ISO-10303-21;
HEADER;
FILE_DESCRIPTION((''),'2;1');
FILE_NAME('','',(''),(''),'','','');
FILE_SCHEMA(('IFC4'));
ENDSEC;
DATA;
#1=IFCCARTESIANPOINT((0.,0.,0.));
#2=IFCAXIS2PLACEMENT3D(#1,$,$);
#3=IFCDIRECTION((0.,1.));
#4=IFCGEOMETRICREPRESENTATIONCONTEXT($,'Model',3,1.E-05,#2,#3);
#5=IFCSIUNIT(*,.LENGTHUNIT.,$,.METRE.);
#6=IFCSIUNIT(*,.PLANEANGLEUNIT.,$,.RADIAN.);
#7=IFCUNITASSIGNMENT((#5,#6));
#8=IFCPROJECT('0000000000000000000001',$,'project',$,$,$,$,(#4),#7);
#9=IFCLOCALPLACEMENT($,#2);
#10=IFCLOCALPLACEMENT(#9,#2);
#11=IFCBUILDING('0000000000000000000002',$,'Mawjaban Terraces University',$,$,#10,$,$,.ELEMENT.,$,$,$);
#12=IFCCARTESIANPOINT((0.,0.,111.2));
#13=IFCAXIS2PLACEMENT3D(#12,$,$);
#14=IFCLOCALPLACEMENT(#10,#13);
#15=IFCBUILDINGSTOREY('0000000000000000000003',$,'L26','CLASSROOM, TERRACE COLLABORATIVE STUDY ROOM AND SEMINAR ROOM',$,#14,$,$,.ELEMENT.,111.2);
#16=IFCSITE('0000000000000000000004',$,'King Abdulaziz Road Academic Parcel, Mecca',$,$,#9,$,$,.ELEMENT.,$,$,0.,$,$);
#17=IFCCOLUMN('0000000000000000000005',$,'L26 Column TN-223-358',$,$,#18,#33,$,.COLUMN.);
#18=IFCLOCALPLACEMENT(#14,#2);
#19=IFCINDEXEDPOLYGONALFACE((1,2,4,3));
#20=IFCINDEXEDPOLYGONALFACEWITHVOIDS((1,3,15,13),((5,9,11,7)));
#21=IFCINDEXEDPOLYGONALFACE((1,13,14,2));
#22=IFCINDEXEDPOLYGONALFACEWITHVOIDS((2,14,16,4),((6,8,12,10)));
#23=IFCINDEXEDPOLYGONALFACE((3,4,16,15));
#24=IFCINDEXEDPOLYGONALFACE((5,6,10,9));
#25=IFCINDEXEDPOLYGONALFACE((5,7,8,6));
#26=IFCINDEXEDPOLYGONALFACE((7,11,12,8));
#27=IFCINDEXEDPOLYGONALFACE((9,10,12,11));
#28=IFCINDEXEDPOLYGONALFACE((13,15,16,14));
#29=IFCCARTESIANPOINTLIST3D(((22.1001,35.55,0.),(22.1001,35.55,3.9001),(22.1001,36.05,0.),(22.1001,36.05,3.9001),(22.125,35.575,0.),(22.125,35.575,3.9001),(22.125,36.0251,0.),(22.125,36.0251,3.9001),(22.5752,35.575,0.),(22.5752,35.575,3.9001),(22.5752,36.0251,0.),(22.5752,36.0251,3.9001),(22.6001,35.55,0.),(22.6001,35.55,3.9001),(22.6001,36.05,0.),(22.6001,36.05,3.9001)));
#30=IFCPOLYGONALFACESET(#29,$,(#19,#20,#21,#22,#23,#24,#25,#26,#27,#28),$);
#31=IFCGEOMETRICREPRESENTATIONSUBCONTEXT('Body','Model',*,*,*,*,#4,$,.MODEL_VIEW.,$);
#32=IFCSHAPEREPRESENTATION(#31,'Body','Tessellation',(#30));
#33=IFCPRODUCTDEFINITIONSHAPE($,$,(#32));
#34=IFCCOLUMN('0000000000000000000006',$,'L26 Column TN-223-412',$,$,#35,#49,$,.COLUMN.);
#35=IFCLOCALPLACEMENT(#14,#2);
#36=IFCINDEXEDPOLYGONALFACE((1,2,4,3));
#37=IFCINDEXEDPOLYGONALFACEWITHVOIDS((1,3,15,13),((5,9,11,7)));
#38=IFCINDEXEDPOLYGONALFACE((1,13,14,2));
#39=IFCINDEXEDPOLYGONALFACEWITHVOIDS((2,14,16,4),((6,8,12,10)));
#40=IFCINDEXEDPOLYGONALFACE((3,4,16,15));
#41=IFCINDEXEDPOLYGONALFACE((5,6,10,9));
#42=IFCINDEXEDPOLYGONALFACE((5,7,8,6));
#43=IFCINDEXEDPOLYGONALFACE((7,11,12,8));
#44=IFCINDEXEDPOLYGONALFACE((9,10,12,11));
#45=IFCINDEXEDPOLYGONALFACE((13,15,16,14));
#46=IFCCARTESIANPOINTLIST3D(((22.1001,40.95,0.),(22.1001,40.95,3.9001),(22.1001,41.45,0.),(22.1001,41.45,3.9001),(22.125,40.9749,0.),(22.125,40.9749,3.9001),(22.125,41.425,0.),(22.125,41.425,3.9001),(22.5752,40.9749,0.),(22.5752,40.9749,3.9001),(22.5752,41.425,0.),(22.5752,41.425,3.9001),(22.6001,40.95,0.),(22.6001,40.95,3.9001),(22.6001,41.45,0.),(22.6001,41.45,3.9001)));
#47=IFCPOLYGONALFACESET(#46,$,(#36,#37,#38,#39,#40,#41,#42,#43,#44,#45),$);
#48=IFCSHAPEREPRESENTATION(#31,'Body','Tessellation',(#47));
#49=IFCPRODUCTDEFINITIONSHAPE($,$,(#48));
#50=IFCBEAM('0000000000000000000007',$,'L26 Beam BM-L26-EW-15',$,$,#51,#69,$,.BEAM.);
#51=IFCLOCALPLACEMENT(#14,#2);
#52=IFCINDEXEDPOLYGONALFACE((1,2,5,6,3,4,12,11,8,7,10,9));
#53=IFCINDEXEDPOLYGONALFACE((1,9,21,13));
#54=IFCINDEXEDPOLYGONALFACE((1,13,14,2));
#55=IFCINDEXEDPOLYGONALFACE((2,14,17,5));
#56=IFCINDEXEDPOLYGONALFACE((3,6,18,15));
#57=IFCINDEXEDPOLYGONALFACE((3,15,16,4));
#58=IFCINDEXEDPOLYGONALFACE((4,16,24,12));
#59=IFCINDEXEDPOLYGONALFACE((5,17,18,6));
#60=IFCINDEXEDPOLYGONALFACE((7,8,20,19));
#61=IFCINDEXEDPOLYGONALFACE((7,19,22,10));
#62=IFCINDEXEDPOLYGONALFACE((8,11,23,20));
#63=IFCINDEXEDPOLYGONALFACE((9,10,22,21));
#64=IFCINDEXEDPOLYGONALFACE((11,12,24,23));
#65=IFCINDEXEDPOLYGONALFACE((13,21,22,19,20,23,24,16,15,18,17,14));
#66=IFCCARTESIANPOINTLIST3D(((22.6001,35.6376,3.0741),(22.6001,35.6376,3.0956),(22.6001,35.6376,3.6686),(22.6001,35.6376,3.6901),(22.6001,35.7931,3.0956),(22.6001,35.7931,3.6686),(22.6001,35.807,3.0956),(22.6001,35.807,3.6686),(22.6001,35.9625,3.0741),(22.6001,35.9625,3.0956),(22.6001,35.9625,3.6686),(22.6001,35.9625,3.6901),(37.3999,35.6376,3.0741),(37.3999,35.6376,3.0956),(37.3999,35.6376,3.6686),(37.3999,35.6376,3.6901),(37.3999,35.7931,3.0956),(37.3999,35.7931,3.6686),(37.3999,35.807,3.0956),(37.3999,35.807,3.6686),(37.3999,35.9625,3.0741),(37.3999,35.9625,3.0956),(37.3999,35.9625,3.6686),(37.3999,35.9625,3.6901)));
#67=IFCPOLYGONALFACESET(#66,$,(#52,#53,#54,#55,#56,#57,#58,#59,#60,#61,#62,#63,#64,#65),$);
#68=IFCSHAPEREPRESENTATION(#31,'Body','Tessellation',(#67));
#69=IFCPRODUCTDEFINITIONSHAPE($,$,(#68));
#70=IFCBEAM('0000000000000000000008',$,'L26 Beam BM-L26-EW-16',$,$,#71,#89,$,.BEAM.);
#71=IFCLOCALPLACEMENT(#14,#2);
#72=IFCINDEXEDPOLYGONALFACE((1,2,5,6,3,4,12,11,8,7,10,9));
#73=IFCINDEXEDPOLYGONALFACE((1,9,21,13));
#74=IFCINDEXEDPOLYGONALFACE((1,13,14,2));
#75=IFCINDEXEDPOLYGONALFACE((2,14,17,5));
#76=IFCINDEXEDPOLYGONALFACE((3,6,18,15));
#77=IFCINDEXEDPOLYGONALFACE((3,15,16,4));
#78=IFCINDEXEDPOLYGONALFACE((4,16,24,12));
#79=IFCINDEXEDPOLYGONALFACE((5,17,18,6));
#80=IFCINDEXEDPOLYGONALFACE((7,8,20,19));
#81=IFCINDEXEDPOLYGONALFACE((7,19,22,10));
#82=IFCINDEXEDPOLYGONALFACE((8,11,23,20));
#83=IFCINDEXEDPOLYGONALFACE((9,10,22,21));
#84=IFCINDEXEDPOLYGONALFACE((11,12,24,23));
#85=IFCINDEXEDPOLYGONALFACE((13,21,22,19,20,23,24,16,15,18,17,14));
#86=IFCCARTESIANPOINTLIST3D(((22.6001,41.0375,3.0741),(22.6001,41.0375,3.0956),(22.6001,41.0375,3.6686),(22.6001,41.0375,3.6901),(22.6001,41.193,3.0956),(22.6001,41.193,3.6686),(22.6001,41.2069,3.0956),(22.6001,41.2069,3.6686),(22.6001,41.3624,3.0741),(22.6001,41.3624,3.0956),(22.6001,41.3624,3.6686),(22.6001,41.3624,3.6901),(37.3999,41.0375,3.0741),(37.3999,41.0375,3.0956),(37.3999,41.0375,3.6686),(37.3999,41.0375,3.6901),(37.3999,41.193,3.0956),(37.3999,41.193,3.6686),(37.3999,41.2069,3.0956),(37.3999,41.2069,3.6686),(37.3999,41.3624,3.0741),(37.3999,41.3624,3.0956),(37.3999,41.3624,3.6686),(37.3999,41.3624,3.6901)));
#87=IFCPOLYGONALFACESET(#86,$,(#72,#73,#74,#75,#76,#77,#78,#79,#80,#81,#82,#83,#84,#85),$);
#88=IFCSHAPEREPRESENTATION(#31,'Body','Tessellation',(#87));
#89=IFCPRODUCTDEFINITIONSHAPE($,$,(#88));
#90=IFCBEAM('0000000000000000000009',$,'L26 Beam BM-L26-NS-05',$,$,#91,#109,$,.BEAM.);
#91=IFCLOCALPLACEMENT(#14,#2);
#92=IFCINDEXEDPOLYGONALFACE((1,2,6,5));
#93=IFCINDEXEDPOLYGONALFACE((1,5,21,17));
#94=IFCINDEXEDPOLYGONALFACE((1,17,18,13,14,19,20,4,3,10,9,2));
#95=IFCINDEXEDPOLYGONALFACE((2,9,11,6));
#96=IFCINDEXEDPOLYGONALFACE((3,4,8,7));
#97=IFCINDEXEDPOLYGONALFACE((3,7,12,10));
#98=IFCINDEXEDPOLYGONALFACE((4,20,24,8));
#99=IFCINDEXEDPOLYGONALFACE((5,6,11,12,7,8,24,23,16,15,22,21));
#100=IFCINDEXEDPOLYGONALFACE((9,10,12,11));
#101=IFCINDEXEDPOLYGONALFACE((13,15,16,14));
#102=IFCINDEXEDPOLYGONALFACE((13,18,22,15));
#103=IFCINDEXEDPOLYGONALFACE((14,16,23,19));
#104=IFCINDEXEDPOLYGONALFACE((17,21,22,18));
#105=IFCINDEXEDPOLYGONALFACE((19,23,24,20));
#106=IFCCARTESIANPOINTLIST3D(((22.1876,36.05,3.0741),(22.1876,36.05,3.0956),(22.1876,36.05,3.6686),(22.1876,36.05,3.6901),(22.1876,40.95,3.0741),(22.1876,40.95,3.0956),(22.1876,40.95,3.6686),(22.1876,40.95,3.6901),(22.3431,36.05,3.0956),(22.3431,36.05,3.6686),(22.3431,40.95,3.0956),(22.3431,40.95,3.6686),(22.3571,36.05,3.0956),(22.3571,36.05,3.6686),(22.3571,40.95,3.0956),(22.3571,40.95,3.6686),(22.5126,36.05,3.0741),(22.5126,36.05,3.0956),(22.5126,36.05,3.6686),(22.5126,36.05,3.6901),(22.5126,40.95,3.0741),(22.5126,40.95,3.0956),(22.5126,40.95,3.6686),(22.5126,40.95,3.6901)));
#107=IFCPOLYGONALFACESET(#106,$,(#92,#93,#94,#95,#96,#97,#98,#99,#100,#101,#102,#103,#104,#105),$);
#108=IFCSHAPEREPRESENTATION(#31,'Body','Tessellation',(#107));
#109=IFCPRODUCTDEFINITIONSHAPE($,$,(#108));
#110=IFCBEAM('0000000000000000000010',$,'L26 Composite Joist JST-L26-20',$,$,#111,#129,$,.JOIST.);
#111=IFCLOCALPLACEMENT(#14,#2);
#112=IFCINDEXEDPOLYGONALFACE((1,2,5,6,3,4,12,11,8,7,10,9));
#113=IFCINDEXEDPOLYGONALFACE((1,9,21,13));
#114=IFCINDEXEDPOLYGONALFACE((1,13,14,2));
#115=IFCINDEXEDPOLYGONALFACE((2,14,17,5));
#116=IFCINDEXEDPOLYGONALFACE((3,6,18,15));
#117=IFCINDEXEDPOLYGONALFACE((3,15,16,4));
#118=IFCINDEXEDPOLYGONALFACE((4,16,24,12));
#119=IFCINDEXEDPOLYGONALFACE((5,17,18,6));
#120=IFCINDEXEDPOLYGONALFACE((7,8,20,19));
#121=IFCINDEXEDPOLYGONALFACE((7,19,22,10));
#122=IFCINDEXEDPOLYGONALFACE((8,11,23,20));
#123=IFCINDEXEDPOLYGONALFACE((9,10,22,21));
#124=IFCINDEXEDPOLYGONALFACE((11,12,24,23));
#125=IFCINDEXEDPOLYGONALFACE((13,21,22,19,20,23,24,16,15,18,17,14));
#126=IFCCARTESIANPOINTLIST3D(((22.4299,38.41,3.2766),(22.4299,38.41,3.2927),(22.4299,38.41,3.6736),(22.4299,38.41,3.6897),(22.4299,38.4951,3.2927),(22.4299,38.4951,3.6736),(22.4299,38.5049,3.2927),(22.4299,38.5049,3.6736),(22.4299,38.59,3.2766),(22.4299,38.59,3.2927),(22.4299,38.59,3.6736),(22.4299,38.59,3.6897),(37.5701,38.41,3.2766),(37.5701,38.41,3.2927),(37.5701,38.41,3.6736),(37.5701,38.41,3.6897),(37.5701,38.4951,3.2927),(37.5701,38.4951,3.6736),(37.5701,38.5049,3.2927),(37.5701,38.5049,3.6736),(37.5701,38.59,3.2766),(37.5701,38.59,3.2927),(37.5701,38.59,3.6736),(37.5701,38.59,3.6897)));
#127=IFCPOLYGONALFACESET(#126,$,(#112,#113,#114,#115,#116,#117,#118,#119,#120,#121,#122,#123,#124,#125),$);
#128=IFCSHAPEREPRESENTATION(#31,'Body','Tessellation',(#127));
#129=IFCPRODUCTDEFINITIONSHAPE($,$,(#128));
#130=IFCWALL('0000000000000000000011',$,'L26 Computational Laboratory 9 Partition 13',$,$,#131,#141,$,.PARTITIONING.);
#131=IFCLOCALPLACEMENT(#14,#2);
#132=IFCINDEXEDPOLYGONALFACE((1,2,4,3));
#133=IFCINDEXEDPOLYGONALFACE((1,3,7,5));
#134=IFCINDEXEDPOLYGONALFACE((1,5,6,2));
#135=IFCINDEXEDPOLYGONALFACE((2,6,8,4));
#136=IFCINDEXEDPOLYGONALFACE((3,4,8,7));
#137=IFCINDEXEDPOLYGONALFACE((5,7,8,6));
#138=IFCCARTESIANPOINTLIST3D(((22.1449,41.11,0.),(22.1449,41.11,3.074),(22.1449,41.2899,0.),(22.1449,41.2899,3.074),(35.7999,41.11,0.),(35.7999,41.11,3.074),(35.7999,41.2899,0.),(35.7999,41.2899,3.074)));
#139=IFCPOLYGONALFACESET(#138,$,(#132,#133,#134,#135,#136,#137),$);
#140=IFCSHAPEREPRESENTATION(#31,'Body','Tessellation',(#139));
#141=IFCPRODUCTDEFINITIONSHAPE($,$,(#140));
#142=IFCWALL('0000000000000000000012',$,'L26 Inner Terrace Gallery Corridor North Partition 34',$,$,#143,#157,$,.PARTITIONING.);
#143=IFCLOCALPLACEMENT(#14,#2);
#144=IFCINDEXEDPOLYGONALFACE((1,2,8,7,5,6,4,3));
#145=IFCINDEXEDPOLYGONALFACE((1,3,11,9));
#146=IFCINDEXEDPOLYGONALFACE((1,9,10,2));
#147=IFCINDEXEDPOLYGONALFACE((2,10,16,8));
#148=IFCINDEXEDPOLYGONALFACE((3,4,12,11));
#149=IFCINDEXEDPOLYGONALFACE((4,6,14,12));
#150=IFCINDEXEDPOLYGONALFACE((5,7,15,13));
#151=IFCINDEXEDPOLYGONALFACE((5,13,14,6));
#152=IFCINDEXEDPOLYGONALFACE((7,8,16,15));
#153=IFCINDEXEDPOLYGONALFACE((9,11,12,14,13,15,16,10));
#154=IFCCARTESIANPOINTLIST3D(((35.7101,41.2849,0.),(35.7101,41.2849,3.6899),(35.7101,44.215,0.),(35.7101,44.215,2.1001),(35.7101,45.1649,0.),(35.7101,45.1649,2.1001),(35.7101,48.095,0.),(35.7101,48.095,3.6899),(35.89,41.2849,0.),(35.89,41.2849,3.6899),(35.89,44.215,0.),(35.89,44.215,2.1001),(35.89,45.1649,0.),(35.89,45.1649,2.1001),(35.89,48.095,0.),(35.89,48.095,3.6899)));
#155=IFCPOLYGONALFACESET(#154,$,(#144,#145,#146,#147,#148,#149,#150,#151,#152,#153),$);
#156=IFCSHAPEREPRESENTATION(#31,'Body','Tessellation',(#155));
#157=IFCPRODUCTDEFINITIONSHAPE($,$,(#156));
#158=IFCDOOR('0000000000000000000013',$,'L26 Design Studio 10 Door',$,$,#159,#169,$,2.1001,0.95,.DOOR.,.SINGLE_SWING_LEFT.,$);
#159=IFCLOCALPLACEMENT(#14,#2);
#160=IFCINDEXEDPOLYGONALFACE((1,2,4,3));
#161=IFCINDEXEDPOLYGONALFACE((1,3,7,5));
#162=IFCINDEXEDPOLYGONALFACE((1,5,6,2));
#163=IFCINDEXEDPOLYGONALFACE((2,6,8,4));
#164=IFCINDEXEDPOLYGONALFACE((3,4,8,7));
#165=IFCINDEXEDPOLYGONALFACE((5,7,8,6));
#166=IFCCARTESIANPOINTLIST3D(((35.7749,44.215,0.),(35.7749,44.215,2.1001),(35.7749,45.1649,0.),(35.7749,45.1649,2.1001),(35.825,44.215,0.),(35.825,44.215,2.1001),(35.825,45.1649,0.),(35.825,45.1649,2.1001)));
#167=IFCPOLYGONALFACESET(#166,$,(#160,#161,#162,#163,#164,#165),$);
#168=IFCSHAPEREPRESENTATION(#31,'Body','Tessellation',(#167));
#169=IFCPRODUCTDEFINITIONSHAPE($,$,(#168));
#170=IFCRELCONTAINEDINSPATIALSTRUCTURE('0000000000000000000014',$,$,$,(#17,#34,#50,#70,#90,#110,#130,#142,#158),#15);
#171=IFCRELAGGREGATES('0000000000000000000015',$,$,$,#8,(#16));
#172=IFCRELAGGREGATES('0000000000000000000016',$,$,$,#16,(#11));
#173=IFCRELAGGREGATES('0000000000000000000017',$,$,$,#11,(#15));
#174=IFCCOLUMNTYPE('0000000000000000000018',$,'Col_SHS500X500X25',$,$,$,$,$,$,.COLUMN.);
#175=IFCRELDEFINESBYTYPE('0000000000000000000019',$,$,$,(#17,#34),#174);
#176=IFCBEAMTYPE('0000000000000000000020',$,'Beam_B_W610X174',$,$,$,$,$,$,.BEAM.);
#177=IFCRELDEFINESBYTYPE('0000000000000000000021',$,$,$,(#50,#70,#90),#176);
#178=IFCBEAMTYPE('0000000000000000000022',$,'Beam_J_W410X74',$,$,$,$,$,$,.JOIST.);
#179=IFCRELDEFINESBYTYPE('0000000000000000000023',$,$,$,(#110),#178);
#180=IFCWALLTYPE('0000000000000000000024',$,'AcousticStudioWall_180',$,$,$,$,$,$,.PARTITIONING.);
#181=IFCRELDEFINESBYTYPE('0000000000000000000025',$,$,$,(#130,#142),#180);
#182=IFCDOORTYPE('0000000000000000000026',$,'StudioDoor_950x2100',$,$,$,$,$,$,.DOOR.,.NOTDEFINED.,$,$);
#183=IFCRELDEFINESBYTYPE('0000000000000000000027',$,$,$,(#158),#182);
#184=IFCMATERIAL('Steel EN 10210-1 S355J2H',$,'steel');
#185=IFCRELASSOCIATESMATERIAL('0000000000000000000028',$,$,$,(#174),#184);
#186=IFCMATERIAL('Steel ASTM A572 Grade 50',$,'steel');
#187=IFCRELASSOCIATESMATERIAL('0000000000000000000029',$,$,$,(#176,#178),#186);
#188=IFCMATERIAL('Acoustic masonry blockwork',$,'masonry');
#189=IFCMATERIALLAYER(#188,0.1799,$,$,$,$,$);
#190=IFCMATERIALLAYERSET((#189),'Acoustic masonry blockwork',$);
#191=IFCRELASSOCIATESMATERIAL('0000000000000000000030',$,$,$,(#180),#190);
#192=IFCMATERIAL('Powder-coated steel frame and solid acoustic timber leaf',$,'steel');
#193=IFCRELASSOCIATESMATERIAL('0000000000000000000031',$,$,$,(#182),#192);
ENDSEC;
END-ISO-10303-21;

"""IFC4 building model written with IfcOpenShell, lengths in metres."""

from ifc_helpers import new_model, si_unit, direction, frame, frame_2d, origin, origin_2d, place, context, subcontext, project, spatial, rectangle, hollow_rectangle, i_section, extrude, material, layer, layer_set, material_profile, profile_set, type_object, element, fill, save


model = new_model("IFC4")

# Units and contexts
model_context = context("Model", 3, precision=1e-05, world=origin(), true_north=direction((0.0, 1.0)))
body_context = subcontext(model_context, "Body", "Model", "MODEL_VIEW")
ifc_project = project(units=[si_unit("LENGTHUNIT", "METRE"), si_unit("PLANEANGLEUNIT", "RADIAN")], contexts=[model_context])

# Site, building, storey
site_placement = place(None, origin())
site = spatial("IfcSite", under=ifc_project, at=site_placement, Name="King Abdulaziz Road Academic Parcel, Mecca", CompositionType="ELEMENT", RefElevation=0.0)
building_placement = place(site_placement, origin())
building = spatial("IfcBuilding", under=site, at=building_placement, Name="Mawjaban Terraces University", CompositionType="ELEMENT")
storey_placement = place(building_placement, frame((0.0, 0.0, 111.2)))
storey = spatial("IfcBuildingStorey", under=building, at=storey_placement, Name="L26", Description="CLASSROOM, TERRACE COLLABORATIVE STUDY ROOM AND SEMINAR ROOM", CompositionType="ELEMENT", Elevation=111.2)

# Columns
ifc_material_1 = material(Name="Steel EN 10210-1 S355J2H", Category="steel")
ifc_material_profile_1 = material_profile(ifc_material_1, hollow_rectangle(XDim=0.5, YDim=0.5, WallThickness=0.0249, at=origin_2d()), Name="SHS500X500X25")
ifc_profile_set_1 = profile_set([ifc_material_profile_1], Name="Steel EN 10210-1 S355J2H")
column_type = type_object("IfcColumnType", Name="Col_SHS500X500X25", PredefinedType="COLUMN", material=ifc_profile_set_1)
for number, where, z_axis, x_axis, name in (
    (1, (22.3501, 35.8, 0.0), (0.0, 0.0, 1.0), (1.0, 0.0, 0.0), "L26 Column TN-223-358"),
    (2, (22.3501, 41.2, 0.0), (0.0, 0.0, 1.0), (1.0, 0.0, 0.0), "L26 Column TN-223-412"),
):
    element("IfcColumn", number, at=place(storey_placement, frame(where, z_axis=z_axis, x_axis=x_axis)), inside=storey, type_object=column_type, Name=name, PredefinedType="COLUMN", context=body_context, shape_type="SweptSolid", body=[
        extrude(hollow_rectangle(XDim=0.5, YDim=0.5, WallThickness=0.0249, at=origin_2d()), origin(), (0.0, 0.0, 1.0), 3.9001),
    ])

# Beams
ifc_material_2 = material(Name="Steel ASTM A572 Grade 50", Category="steel")
ifc_material_profile_2 = material_profile(ifc_material_2, i_section(OverallWidth=0.325, OverallDepth=0.616, WebThickness=0.0139, FlangeThickness=0.0215, at=origin_2d()), Name="W610X174")
ifc_profile_set_2 = profile_set([ifc_material_profile_2], Name="Steel ASTM A572 Grade 50")
beam_type_1 = type_object("IfcBeamType", Name="Beam_B_W610X174", PredefinedType="BEAM", material=ifc_profile_set_2)
for number, where, z_axis, x_axis, name in (
    (3, (22.6001, 35.8, 3.3821), (1.0, 0.0, 0.0), (0.0, 1.0, 0.0), "L26 Beam BM-L26-EW-15"),
    (4, (22.6001, 41.2, 3.3821), (1.0, 0.0, 0.0), (0.0, 1.0, 0.0), "L26 Beam BM-L26-EW-16"),
):
    element("IfcBeam", number, at=place(storey_placement, frame(where, z_axis=z_axis, x_axis=x_axis)), inside=storey, type_object=beam_type_1, Name=name, PredefinedType="BEAM", context=body_context, shape_type="SweptSolid", body=[
        extrude(i_section(OverallWidth=0.325, OverallDepth=0.616, WebThickness=0.0139, FlangeThickness=0.0215, at=origin_2d()), origin(), (0.0, 0.0, 1.0), 14.7998),
    ])
beam_1_placement = place(storey_placement, frame((22.3501, 36.05, 3.3821), z_axis=(0.0, 1.0, 0.0), x_axis=(-1.0, 0.0, 0.0)))
element("IfcBeam", 5, at=beam_1_placement, inside=storey, type_object=beam_type_1, Name="L26 Beam BM-L26-NS-05", PredefinedType="BEAM", context=body_context, shape_type="SweptSolid", body=[
    extrude(i_section(OverallWidth=0.325, OverallDepth=0.616, WebThickness=0.0139, FlangeThickness=0.0215, at=origin_2d()), origin(), (0.0, 0.0, 1.0), 4.8999),
])
ifc_material_profile_3 = material_profile(ifc_material_2, i_section(OverallWidth=0.1799, OverallDepth=0.4131, WebThickness=0.0098, FlangeThickness=0.0161, at=origin_2d()), Name="W410X74")
ifc_profile_set_3 = profile_set([ifc_material_profile_3], Name="Steel ASTM A572 Grade 50")
beam_type_2 = type_object("IfcBeamType", Name="Beam_J_W410X74", PredefinedType="JOIST", material=ifc_profile_set_3)
beam_2_placement = place(storey_placement, frame((22.4299, 38.5, 3.4832), z_axis=(1.0, 0.0, 0.0), x_axis=(0.0, 1.0, 0.0)))
element("IfcBeam", 6, at=beam_2_placement, inside=storey, type_object=beam_type_2, Name="L26 Composite Joist JST-L26-20", PredefinedType="JOIST", context=body_context, shape_type="SweptSolid", body=[
    extrude(i_section(OverallWidth=0.1799, OverallDepth=0.4131, WebThickness=0.0098, FlangeThickness=0.0161, at=origin_2d()), origin(), (0.0, 0.0, 1.0), 15.1401),
])

# Wall
ifc_material_3 = material(Name="Acoustic masonry blockwork", Category="masonry")
ifc_layer_1 = layer(ifc_material_3, 0.1799)
ifc_layer_set_1 = layer_set([ifc_layer_1], Name="Acoustic masonry blockwork")
wall_type_1 = type_object("IfcWallType", Name="AcousticStudioWall_180", PredefinedType="PARTITIONING", material=ifc_layer_set_1)
wall_1_placement = place(storey_placement, frame((35.8, 41.2, 0.0), z_axis=(0.0, 0.0, 1.0), x_axis=(-1.0, 0.0, 0.0)))
element("IfcWall", 7, at=wall_1_placement, inside=storey, type_object=wall_type_1, Name="L26 Computational Laboratory 9 Partition 13", PredefinedType="PARTITIONING", context=body_context, shape_type="SweptSolid", body=[
    extrude(rectangle(XDim=13.655, YDim=0.1799, at=frame_2d((6.8276, 0.0))), origin(), (0.0, 0.0, 1.0), 3.074),
])

# Wall, opening, door
wall_2_placement = place(storey_placement, frame((35.8, 48.095, 0.0), z_axis=(0.0, 0.0, 1.0), x_axis=(0.0, -1.0, 0.0)))
wall_2 = element("IfcWall", 8, at=wall_2_placement, inside=storey, type_object=wall_type_1, Name="L26 Inner Terrace Gallery Corridor North Partition 34", PredefinedType="PARTITIONING", context=body_context, shape_type="SweptSolid", body=[
    extrude(rectangle(XDim=6.8101, YDim=0.1799, at=frame_2d((3.405, 0.0))), origin(), (0.0, 0.0, 1.0), 3.6899),
])
opening_1_placement = place(wall_2_placement, frame((2.9299, 0.0, 0.0)))
opening_1 = element("IfcOpeningElement", 9, at=opening_1_placement, cuts=wall_2, PredefinedType="OPENING", context=body_context, shape_type="SweptSolid", body=[
    extrude(rectangle(XDim=0.95, YDim=2.1001, at=frame_2d((0.4751, 1.05))), frame((0.0, 0.0999, 0.0), z_axis=(0.0, -1.0, 0.0), x_axis=(1.0, 0.0, 0.0)), (0.0, 0.0, 1.0), 0.2),
])
ifc_material_4 = material(Name="Powder-coated steel frame and solid acoustic timber leaf", Category="steel")
door_type_1 = type_object("IfcDoorType", Name="StudioDoor_950x2100", OperationType="NOTDEFINED", PredefinedType="DOOR", material=ifc_material_4)
door_1_placement = place(opening_1_placement, origin())
door_1 = element("IfcDoor", 10, at=door_1_placement, inside=storey, type_object=door_type_1, Name="L26 Design Studio 10 Door", OperationType="SINGLE_SWING_LEFT", OverallHeight=2.1001, OverallWidth=0.95, PredefinedType="DOOR", context=body_context, shape_type="SweptSolid", body=[
    extrude(rectangle(XDim=0.95, YDim=2.1001, at=frame_2d((0.4751, 1.05))), frame((0.0, 0.0249, 0.0), z_axis=(0.0, -1.0, 0.0), x_axis=(1.0, 0.0, 0.0)), (0.0, 0.0, 1.0), 0.05),
])
fill(opening_1, door_1)

save(model, "model.ifc")
